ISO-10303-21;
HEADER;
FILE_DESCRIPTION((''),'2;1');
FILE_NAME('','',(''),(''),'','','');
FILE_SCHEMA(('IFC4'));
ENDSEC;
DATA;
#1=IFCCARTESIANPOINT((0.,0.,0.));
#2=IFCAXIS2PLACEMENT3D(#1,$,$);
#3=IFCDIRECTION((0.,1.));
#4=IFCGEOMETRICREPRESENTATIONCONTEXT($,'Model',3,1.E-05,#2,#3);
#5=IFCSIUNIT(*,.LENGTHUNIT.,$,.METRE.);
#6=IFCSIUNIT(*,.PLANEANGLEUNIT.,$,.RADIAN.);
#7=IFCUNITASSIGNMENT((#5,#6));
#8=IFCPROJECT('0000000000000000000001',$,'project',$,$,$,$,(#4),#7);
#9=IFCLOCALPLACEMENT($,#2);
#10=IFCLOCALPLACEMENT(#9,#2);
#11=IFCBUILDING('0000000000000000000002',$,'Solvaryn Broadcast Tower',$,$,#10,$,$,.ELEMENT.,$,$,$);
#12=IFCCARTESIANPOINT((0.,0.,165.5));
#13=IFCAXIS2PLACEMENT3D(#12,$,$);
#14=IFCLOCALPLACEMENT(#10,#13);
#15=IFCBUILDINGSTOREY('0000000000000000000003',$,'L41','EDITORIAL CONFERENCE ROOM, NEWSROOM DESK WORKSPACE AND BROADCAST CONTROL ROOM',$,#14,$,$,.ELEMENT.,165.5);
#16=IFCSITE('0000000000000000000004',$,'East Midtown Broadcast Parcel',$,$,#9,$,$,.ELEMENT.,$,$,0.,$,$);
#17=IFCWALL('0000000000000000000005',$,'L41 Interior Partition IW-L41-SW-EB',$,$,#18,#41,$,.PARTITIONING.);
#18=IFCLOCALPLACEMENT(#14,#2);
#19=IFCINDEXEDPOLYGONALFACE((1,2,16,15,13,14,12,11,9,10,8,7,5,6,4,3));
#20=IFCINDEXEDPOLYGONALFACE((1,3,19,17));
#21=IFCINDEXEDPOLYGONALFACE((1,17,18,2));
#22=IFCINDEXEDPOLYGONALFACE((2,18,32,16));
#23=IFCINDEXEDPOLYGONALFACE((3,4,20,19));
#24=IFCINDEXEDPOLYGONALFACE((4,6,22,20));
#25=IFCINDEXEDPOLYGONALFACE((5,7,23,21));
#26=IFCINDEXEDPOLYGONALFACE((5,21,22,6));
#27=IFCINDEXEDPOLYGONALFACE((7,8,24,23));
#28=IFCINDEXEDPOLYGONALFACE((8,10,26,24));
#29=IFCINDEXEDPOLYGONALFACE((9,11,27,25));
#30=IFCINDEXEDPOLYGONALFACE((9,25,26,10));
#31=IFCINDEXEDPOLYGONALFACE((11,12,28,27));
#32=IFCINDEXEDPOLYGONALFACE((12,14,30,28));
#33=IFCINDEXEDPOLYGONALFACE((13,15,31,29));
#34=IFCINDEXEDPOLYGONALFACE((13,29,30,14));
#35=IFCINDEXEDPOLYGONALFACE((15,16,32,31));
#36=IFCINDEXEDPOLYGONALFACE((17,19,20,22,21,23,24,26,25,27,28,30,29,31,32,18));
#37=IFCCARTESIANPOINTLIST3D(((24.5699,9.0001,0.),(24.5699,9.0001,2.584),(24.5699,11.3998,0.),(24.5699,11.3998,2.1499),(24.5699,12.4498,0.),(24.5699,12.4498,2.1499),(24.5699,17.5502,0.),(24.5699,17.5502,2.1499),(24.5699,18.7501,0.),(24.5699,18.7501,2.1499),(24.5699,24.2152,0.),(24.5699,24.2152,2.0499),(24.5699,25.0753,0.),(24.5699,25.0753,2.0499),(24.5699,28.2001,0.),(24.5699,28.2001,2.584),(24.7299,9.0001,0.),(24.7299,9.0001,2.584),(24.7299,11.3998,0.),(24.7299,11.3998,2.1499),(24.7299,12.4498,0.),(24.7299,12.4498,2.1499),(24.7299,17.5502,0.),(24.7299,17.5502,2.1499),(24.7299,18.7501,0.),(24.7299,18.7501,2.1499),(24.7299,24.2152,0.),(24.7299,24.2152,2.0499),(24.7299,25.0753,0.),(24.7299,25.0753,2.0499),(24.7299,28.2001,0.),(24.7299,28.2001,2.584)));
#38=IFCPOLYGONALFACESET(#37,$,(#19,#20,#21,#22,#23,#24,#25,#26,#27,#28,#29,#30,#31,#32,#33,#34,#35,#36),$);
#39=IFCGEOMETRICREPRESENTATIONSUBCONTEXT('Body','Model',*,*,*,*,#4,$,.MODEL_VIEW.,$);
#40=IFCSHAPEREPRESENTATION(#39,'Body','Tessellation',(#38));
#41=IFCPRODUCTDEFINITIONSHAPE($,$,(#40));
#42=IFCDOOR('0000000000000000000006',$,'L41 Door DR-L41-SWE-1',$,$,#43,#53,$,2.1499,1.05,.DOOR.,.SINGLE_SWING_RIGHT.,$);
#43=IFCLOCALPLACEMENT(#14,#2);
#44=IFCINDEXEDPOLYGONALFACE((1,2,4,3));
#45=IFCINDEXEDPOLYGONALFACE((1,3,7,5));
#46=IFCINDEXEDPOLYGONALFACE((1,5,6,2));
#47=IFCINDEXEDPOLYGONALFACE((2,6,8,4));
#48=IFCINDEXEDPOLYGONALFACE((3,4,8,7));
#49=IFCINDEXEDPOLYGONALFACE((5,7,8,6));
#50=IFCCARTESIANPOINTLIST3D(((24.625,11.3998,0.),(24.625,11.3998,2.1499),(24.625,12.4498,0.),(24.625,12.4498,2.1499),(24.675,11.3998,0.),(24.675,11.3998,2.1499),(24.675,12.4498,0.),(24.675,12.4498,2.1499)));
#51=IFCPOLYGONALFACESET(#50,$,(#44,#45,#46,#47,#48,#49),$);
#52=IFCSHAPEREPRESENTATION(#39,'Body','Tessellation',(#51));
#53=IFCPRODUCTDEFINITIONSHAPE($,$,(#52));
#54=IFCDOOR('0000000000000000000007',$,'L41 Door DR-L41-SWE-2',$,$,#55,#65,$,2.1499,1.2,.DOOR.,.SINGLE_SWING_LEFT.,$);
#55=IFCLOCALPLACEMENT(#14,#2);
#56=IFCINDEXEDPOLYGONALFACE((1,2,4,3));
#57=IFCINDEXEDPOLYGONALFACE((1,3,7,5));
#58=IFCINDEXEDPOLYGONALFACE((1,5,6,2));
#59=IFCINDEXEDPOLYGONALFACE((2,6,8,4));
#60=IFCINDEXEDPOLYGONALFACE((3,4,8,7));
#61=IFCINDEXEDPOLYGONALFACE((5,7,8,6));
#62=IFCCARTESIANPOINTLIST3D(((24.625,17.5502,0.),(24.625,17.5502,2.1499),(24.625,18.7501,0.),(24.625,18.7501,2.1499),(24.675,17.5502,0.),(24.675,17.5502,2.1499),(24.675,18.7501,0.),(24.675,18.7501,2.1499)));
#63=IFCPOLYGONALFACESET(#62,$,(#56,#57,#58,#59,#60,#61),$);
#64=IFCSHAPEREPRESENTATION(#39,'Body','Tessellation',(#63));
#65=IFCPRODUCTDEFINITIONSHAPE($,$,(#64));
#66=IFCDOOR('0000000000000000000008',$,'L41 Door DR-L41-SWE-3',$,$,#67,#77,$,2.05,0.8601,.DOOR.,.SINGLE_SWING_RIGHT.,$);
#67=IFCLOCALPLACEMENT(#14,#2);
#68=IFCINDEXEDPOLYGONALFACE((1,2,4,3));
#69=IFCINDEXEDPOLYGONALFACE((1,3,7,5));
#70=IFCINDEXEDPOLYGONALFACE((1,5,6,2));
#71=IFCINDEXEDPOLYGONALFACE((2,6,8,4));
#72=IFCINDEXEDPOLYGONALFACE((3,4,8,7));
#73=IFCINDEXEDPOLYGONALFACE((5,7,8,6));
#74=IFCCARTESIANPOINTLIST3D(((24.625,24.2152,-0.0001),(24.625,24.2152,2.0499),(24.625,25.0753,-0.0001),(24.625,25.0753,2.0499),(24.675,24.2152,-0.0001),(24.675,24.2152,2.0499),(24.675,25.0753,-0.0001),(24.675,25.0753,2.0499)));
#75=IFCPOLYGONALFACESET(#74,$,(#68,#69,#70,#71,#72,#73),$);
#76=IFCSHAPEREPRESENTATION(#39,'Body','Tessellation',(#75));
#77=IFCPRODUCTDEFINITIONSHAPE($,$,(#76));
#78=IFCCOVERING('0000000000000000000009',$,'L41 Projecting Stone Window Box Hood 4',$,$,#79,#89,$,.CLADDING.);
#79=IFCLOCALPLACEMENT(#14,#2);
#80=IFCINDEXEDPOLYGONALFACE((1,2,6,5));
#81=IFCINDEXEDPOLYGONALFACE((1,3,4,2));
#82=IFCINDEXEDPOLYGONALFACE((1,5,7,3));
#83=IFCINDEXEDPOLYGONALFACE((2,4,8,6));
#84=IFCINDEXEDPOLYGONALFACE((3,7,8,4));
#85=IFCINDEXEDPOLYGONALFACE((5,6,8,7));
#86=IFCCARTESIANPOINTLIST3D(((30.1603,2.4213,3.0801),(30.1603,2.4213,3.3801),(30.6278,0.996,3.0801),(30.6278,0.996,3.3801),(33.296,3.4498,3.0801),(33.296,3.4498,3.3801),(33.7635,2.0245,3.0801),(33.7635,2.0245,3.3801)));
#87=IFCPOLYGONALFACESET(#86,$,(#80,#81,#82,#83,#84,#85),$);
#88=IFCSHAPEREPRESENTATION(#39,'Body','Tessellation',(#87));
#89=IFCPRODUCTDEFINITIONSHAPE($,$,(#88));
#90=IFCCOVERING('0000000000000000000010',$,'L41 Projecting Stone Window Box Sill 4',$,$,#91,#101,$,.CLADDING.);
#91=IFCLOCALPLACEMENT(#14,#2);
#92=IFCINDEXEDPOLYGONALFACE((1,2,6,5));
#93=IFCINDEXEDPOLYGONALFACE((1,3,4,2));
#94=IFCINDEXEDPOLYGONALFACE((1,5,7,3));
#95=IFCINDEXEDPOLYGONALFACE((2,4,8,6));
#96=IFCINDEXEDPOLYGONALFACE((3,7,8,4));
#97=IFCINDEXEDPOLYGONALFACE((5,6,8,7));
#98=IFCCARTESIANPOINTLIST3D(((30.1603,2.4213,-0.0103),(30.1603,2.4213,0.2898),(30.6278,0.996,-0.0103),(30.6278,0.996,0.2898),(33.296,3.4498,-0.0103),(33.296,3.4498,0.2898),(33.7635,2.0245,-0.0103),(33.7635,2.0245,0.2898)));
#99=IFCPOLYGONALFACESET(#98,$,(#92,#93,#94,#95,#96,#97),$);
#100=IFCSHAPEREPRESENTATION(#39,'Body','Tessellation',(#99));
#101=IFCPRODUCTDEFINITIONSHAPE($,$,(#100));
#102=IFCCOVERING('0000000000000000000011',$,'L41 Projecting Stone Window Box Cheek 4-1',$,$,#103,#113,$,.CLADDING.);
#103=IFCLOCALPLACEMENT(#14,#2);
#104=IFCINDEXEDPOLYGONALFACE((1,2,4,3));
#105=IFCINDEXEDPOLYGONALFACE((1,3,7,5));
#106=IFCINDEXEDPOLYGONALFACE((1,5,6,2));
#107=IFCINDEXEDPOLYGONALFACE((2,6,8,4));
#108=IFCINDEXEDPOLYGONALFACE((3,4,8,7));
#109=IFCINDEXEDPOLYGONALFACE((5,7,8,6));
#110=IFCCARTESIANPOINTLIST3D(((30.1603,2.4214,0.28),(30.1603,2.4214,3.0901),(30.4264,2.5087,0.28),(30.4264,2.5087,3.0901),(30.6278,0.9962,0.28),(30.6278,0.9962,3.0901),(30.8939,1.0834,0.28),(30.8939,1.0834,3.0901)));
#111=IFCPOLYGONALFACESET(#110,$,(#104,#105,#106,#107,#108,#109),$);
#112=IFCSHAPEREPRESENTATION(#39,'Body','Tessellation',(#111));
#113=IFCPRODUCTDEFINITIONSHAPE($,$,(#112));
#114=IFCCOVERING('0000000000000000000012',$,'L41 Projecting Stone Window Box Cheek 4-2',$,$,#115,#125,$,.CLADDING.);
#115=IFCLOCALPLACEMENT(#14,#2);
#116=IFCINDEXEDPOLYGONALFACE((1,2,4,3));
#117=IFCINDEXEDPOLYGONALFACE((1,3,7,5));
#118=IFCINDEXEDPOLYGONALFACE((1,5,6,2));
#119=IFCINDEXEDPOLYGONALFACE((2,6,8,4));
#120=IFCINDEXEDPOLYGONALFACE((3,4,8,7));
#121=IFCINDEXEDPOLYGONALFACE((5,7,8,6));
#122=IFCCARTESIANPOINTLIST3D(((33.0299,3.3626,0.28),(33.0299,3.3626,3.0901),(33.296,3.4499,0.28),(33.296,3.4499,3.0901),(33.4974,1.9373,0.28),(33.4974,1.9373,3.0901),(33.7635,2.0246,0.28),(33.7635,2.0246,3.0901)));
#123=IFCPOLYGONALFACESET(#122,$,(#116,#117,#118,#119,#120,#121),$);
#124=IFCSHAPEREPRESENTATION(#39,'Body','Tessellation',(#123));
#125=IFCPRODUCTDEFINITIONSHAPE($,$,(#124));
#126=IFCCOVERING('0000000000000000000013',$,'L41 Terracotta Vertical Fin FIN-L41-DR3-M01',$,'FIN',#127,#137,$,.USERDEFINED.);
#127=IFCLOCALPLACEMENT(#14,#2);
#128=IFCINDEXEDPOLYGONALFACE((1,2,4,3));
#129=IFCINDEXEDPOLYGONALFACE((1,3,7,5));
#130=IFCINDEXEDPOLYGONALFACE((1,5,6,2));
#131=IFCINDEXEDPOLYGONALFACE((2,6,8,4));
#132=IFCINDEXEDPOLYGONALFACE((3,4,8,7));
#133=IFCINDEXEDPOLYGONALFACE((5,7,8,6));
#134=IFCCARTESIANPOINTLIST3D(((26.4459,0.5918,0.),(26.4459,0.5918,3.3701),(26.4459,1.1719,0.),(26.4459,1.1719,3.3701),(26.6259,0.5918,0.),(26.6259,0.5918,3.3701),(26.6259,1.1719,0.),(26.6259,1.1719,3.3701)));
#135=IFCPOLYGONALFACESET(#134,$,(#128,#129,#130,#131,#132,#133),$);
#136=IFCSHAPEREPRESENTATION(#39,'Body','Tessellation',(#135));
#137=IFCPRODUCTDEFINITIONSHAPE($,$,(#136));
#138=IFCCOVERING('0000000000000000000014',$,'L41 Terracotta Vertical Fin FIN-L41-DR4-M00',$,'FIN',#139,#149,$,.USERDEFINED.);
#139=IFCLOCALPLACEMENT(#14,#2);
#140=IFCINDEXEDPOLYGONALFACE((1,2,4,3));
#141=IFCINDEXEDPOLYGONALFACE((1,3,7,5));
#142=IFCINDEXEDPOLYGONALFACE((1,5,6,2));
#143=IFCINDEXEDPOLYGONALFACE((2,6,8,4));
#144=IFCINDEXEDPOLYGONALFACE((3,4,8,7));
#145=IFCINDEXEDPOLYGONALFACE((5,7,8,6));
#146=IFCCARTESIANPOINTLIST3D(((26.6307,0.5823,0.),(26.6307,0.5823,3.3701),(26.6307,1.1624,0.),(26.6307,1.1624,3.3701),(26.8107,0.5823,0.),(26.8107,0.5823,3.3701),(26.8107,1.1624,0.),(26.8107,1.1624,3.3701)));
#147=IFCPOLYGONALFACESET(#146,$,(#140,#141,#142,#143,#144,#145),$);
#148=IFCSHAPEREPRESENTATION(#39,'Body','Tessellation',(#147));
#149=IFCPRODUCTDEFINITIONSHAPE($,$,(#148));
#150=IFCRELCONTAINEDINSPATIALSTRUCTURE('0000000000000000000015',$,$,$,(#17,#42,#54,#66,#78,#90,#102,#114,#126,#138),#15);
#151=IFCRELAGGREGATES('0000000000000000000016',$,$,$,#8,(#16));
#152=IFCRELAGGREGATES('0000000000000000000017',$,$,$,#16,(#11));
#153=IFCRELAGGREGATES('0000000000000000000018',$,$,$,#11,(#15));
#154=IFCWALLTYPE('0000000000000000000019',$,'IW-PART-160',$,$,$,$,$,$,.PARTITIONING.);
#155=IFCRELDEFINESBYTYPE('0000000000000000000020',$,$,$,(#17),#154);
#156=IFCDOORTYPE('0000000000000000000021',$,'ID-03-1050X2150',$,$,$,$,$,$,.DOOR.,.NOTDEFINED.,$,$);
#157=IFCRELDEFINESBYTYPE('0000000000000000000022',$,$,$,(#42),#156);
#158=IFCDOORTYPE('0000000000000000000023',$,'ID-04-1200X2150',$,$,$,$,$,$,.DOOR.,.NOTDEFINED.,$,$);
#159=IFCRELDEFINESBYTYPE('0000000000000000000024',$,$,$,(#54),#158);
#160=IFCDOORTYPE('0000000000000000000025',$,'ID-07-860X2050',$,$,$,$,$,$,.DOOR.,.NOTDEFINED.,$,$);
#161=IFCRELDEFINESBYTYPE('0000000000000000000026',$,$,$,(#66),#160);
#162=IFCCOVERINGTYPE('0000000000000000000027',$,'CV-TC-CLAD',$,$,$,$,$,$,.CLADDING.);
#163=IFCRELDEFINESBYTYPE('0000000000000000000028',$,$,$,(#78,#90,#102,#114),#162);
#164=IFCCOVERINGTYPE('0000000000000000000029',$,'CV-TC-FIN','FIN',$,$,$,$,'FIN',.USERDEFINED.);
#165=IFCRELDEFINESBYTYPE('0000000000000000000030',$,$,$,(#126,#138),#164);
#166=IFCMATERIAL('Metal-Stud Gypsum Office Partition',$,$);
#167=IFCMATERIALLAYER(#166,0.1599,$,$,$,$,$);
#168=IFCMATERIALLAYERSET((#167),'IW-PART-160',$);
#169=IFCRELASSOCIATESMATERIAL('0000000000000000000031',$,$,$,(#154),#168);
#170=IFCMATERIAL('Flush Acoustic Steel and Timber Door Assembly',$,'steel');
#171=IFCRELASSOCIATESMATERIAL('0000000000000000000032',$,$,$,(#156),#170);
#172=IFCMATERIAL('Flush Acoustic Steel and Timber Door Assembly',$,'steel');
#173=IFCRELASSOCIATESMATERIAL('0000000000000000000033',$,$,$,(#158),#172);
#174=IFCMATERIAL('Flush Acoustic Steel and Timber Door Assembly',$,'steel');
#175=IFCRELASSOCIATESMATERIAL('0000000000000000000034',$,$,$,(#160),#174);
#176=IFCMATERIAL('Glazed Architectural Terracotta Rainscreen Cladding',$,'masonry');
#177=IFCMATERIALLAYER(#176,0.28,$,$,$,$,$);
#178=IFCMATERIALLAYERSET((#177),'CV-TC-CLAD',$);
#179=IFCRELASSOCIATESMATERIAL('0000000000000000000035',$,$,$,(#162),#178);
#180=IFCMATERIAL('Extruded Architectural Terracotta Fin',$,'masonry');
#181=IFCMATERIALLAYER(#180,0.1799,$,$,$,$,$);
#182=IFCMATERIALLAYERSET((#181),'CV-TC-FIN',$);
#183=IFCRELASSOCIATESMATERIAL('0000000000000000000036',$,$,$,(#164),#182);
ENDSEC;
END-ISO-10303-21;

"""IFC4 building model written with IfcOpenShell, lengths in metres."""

from ifc_helpers import new_model, si_unit, direction, frame, frame_2d, origin, origin_2d, place, context, subcontext, project, spatial, rectangle, extrude, material, layer, layer_set, type_object, element, fill, save


model = new_model("IFC4")

# Units and contexts
model_context = context("Model", 3, precision=1e-05, world=origin(), true_north=direction((0.0, 1.0)))
body_context = subcontext(model_context, "Body", "Model", "MODEL_VIEW")
ifc_project = project(units=[si_unit("LENGTHUNIT", "METRE"), si_unit("PLANEANGLEUNIT", "RADIAN")], contexts=[model_context])

# Site, building, storey
site_placement = place(None, origin())
site = spatial("IfcSite", under=ifc_project, at=site_placement, Name="East Midtown Broadcast Parcel", CompositionType="ELEMENT", RefElevation=0.0)
building_placement = place(site_placement, origin())
building = spatial("IfcBuilding", under=site, at=building_placement, Name="Solvaryn Broadcast Tower", CompositionType="ELEMENT")
storey_placement = place(building_placement, frame((0.0, 0.0, 165.5)))
storey = spatial("IfcBuildingStorey", under=building, at=storey_placement, Name="L41", Description="EDITORIAL CONFERENCE ROOM, NEWSROOM DESK WORKSPACE AND BROADCAST CONTROL ROOM", CompositionType="ELEMENT", Elevation=165.5)

# Wall, openings, doors
ifc_material_1 = material(Name="Metal-Stud Gypsum Office Partition")
ifc_layer_1 = layer(ifc_material_1, 0.1599)
ifc_layer_set_1 = layer_set([ifc_layer_1], Name="IW-PART-160")
wall_type_1 = type_object("IfcWallType", Name="IW-PART-160", PredefinedType="PARTITIONING", material=ifc_layer_set_1)
wall_1_placement = place(storey_placement, frame((24.6499, 9.0, 0.0), z_axis=(0.0, 0.0, 1.0), x_axis=(0.0, 1.0, 0.0)))
wall_1 = element("IfcWall", 1, at=wall_1_placement, inside=storey, type_object=wall_type_1, Name="L41 Interior Partition IW-L41-SW-EB", PredefinedType="PARTITIONING", context=body_context, shape_type="SweptSolid", body=[
    extrude(rectangle(XDim=19.2, YDim=0.1599, at=frame_2d((9.6001, 0.0))), origin(), (0.0, 0.0, 1.0), 2.584),
])
opening_1_placement = place(wall_1_placement, frame((2.3999, 0.0, 0.0)))
opening_1 = element("IfcOpeningElement", 2, at=opening_1_placement, cuts=wall_1, PredefinedType="OPENING", context=body_context, shape_type="SweptSolid", body=[
    extrude(rectangle(XDim=1.05, YDim=2.1499, at=frame_2d((0.5249, 1.075))), frame((0.0, 0.0901, 0.0), z_axis=(0.0, -1.0, 0.0), x_axis=(1.0, 0.0, 0.0)), (0.0, 0.0, 1.0), 0.1799),
])
opening_2_placement = place(wall_1_placement, frame((8.55, 0.0, 0.0)))
opening_2 = element("IfcOpeningElement", 3, at=opening_2_placement, cuts=wall_1, PredefinedType="OPENING", context=body_context, shape_type="SweptSolid", body=[
    extrude(rectangle(XDim=1.2, YDim=2.1499, at=frame_2d((0.6001, 1.075))), frame((0.0, 0.0901, 0.0), z_axis=(0.0, -1.0, 0.0), x_axis=(1.0, 0.0, 0.0)), (0.0, 0.0, 1.0), 0.1799),
])
opening_3_placement = place(wall_1_placement, frame((15.2151, 0.0, 0.0)))
opening_3 = element("IfcOpeningElement", 4, at=opening_3_placement, cuts=wall_1, PredefinedType="OPENING", context=body_context, shape_type="SweptSolid", body=[
    extrude(rectangle(XDim=0.8601, YDim=2.05, at=frame_2d((0.4302, 1.0249))), frame((0.0, 0.0901, 0.0), z_axis=(0.0, -1.0, 0.0), x_axis=(1.0, 0.0, 0.0)), (0.0, 0.0, 1.0), 0.1799),
])
ifc_material_2 = material(Name="Flush Acoustic Steel and Timber Door Assembly", Category="steel")
door_type_1 = type_object("IfcDoorType", Name="ID-03-1050X2150", OperationType="NOTDEFINED", PredefinedType="DOOR", material=ifc_material_2)
door_1_placement = place(opening_1_placement, origin())
door_1 = element("IfcDoor", 5, at=door_1_placement, inside=storey, type_object=door_type_1, Name="L41 Door DR-L41-SWE-1", OperationType="SINGLE_SWING_RIGHT", OverallHeight=2.1499, OverallWidth=1.05, PredefinedType="DOOR", context=body_context, shape_type="SweptSolid", body=[
    extrude(rectangle(XDim=1.05, YDim=2.1499, at=frame_2d((0.5249, 1.075))), frame((0.0, 0.0249, 0.0), z_axis=(0.0, -1.0, 0.0), x_axis=(1.0, 0.0, 0.0)), (0.0, 0.0, 1.0), 0.05),
])
fill(opening_1, door_1)
ifc_material_3 = material(Name="Flush Acoustic Steel and Timber Door Assembly", Category="steel")
door_type_2 = type_object("IfcDoorType", Name="ID-04-1200X2150", OperationType="NOTDEFINED", PredefinedType="DOOR", material=ifc_material_3)
door_2_placement = place(opening_2_placement, origin())
door_2 = element("IfcDoor", 6, at=door_2_placement, inside=storey, type_object=door_type_2, Name="L41 Door DR-L41-SWE-2", OperationType="SINGLE_SWING_LEFT", OverallHeight=2.1499, OverallWidth=1.2, PredefinedType="DOOR", context=body_context, shape_type="SweptSolid", body=[
    extrude(rectangle(XDim=1.2, YDim=2.1499, at=frame_2d((0.6001, 1.075))), frame((0.0, 0.0249, 0.0), z_axis=(0.0, -1.0, 0.0), x_axis=(1.0, 0.0, 0.0)), (0.0, 0.0, 1.0), 0.05),
])
fill(opening_2, door_2)
ifc_material_4 = material(Name="Flush Acoustic Steel and Timber Door Assembly", Category="steel")
door_type_3 = type_object("IfcDoorType", Name="ID-07-860X2050", OperationType="NOTDEFINED", PredefinedType="DOOR", material=ifc_material_4)
door_3_placement = place(opening_3_placement, origin())
door_3 = element("IfcDoor", 7, at=door_3_placement, inside=storey, type_object=door_type_3, Name="L41 Door DR-L41-SWE-3", OperationType="SINGLE_SWING_RIGHT", OverallHeight=2.05, OverallWidth=0.8601, PredefinedType="DOOR", context=body_context, shape_type="SweptSolid", body=[
    extrude(rectangle(XDim=0.8601, YDim=2.05, at=frame_2d((0.4302, 1.0249))), frame((0.0, 0.0249, 0.0), z_axis=(0.0, -1.0, 0.0), x_axis=(1.0, 0.0, 0.0)), (0.0, 0.0, 1.0), 0.05),
])
fill(opening_3, door_3)

# Coverings
ifc_material_5 = material(Name="Glazed Architectural Terracotta Rainscreen Cladding", Category="masonry")
ifc_layer_2 = layer(ifc_material_5, 0.28)
ifc_layer_set_2 = layer_set([ifc_layer_2], Name="CV-TC-CLAD")
covering_type_1 = type_object("IfcCoveringType", Name="CV-TC-CLAD", PredefinedType="CLADDING", material=ifc_layer_set_2)
for number, where, z_axis, x_axis, name in (
    (8, (31.9619, 2.2229, 3.0801), (0.0, 0.0, 1.0), (0.95019, 0.311672, 0.0), "L41 Projecting Stone Window Box Hood 4"),
    (9, (31.9619, 2.2229, -0.0103), (0.0, 0.0, 1.0), (0.95019, 0.311672, 0.0), "L41 Projecting Stone Window Box Sill 4"),
):
    element("IfcCovering", number, at=place(storey_placement, frame(where, z_axis=z_axis, x_axis=x_axis)), inside=storey, type_object=covering_type_1, Name=name, PredefinedType="CLADDING", context=body_context, shape_type="SweptSolid", body=[
        extrude(rectangle(XDim=3.3, YDim=1.5, at=origin_2d()), origin(), (0.0, 0.0, 1.0), 0.3),
    ])
for number, where, z_axis, x_axis, name in (
    (10, (30.5271, 1.7524, 0.28), (0.0, 0.0, 1.0), (0.95019, 0.311672, 0.0), "L41 Projecting Stone Window Box Cheek 4-1"),
    (11, (33.3967, 2.6936, 0.28), (0.0, 0.0, 1.0), (0.95019, 0.311672, 0.0), "L41 Projecting Stone Window Box Cheek 4-2"),
):
    element("IfcCovering", number, at=place(storey_placement, frame(where, z_axis=z_axis, x_axis=x_axis)), inside=storey, type_object=covering_type_1, Name=name, PredefinedType="CLADDING", context=body_context, shape_type="SweptSolid", body=[
        extrude(rectangle(XDim=0.28, YDim=1.5, at=origin_2d()), origin(), (0.0, 0.0, 1.0), 2.8101),
    ])
ifc_material_6 = material(Name="Extruded Architectural Terracotta Fin", Category="masonry")
ifc_layer_3 = layer(ifc_material_6, 0.1799)
ifc_layer_set_3 = layer_set([ifc_layer_3], Name="CV-TC-FIN")
covering_type_2 = type_object("IfcCoveringType", Name="CV-TC-FIN", Description="FIN", ElementType="FIN", PredefinedType="USERDEFINED", material=ifc_layer_set_3)
for number, where, z_axis, x_axis, name in (
    (12, (26.5359, 0.8818, 0.0), (0.0, 0.0, 1.0), (1.0, 0.0, 0.0), "L41 Terracotta Vertical Fin FIN-L41-DR3-M01"),
    (13, (26.7207, 0.8723, 0.0), (0.0, 0.0, 1.0), (1.0, 0.0, 0.0), "L41 Terracotta Vertical Fin FIN-L41-DR4-M00"),
):
    element("IfcCovering", number, at=place(storey_placement, frame(where, z_axis=z_axis, x_axis=x_axis)), inside=storey, type_object=covering_type_2, Name=name, ObjectType="FIN", PredefinedType="USERDEFINED", context=body_context, shape_type="SweptSolid", body=[
        extrude(rectangle(XDim=0.1799, YDim=0.5801, at=origin_2d()), origin(), (0.0, 0.0, 1.0), 3.3701),
    ])

save(model, "model.ifc")
